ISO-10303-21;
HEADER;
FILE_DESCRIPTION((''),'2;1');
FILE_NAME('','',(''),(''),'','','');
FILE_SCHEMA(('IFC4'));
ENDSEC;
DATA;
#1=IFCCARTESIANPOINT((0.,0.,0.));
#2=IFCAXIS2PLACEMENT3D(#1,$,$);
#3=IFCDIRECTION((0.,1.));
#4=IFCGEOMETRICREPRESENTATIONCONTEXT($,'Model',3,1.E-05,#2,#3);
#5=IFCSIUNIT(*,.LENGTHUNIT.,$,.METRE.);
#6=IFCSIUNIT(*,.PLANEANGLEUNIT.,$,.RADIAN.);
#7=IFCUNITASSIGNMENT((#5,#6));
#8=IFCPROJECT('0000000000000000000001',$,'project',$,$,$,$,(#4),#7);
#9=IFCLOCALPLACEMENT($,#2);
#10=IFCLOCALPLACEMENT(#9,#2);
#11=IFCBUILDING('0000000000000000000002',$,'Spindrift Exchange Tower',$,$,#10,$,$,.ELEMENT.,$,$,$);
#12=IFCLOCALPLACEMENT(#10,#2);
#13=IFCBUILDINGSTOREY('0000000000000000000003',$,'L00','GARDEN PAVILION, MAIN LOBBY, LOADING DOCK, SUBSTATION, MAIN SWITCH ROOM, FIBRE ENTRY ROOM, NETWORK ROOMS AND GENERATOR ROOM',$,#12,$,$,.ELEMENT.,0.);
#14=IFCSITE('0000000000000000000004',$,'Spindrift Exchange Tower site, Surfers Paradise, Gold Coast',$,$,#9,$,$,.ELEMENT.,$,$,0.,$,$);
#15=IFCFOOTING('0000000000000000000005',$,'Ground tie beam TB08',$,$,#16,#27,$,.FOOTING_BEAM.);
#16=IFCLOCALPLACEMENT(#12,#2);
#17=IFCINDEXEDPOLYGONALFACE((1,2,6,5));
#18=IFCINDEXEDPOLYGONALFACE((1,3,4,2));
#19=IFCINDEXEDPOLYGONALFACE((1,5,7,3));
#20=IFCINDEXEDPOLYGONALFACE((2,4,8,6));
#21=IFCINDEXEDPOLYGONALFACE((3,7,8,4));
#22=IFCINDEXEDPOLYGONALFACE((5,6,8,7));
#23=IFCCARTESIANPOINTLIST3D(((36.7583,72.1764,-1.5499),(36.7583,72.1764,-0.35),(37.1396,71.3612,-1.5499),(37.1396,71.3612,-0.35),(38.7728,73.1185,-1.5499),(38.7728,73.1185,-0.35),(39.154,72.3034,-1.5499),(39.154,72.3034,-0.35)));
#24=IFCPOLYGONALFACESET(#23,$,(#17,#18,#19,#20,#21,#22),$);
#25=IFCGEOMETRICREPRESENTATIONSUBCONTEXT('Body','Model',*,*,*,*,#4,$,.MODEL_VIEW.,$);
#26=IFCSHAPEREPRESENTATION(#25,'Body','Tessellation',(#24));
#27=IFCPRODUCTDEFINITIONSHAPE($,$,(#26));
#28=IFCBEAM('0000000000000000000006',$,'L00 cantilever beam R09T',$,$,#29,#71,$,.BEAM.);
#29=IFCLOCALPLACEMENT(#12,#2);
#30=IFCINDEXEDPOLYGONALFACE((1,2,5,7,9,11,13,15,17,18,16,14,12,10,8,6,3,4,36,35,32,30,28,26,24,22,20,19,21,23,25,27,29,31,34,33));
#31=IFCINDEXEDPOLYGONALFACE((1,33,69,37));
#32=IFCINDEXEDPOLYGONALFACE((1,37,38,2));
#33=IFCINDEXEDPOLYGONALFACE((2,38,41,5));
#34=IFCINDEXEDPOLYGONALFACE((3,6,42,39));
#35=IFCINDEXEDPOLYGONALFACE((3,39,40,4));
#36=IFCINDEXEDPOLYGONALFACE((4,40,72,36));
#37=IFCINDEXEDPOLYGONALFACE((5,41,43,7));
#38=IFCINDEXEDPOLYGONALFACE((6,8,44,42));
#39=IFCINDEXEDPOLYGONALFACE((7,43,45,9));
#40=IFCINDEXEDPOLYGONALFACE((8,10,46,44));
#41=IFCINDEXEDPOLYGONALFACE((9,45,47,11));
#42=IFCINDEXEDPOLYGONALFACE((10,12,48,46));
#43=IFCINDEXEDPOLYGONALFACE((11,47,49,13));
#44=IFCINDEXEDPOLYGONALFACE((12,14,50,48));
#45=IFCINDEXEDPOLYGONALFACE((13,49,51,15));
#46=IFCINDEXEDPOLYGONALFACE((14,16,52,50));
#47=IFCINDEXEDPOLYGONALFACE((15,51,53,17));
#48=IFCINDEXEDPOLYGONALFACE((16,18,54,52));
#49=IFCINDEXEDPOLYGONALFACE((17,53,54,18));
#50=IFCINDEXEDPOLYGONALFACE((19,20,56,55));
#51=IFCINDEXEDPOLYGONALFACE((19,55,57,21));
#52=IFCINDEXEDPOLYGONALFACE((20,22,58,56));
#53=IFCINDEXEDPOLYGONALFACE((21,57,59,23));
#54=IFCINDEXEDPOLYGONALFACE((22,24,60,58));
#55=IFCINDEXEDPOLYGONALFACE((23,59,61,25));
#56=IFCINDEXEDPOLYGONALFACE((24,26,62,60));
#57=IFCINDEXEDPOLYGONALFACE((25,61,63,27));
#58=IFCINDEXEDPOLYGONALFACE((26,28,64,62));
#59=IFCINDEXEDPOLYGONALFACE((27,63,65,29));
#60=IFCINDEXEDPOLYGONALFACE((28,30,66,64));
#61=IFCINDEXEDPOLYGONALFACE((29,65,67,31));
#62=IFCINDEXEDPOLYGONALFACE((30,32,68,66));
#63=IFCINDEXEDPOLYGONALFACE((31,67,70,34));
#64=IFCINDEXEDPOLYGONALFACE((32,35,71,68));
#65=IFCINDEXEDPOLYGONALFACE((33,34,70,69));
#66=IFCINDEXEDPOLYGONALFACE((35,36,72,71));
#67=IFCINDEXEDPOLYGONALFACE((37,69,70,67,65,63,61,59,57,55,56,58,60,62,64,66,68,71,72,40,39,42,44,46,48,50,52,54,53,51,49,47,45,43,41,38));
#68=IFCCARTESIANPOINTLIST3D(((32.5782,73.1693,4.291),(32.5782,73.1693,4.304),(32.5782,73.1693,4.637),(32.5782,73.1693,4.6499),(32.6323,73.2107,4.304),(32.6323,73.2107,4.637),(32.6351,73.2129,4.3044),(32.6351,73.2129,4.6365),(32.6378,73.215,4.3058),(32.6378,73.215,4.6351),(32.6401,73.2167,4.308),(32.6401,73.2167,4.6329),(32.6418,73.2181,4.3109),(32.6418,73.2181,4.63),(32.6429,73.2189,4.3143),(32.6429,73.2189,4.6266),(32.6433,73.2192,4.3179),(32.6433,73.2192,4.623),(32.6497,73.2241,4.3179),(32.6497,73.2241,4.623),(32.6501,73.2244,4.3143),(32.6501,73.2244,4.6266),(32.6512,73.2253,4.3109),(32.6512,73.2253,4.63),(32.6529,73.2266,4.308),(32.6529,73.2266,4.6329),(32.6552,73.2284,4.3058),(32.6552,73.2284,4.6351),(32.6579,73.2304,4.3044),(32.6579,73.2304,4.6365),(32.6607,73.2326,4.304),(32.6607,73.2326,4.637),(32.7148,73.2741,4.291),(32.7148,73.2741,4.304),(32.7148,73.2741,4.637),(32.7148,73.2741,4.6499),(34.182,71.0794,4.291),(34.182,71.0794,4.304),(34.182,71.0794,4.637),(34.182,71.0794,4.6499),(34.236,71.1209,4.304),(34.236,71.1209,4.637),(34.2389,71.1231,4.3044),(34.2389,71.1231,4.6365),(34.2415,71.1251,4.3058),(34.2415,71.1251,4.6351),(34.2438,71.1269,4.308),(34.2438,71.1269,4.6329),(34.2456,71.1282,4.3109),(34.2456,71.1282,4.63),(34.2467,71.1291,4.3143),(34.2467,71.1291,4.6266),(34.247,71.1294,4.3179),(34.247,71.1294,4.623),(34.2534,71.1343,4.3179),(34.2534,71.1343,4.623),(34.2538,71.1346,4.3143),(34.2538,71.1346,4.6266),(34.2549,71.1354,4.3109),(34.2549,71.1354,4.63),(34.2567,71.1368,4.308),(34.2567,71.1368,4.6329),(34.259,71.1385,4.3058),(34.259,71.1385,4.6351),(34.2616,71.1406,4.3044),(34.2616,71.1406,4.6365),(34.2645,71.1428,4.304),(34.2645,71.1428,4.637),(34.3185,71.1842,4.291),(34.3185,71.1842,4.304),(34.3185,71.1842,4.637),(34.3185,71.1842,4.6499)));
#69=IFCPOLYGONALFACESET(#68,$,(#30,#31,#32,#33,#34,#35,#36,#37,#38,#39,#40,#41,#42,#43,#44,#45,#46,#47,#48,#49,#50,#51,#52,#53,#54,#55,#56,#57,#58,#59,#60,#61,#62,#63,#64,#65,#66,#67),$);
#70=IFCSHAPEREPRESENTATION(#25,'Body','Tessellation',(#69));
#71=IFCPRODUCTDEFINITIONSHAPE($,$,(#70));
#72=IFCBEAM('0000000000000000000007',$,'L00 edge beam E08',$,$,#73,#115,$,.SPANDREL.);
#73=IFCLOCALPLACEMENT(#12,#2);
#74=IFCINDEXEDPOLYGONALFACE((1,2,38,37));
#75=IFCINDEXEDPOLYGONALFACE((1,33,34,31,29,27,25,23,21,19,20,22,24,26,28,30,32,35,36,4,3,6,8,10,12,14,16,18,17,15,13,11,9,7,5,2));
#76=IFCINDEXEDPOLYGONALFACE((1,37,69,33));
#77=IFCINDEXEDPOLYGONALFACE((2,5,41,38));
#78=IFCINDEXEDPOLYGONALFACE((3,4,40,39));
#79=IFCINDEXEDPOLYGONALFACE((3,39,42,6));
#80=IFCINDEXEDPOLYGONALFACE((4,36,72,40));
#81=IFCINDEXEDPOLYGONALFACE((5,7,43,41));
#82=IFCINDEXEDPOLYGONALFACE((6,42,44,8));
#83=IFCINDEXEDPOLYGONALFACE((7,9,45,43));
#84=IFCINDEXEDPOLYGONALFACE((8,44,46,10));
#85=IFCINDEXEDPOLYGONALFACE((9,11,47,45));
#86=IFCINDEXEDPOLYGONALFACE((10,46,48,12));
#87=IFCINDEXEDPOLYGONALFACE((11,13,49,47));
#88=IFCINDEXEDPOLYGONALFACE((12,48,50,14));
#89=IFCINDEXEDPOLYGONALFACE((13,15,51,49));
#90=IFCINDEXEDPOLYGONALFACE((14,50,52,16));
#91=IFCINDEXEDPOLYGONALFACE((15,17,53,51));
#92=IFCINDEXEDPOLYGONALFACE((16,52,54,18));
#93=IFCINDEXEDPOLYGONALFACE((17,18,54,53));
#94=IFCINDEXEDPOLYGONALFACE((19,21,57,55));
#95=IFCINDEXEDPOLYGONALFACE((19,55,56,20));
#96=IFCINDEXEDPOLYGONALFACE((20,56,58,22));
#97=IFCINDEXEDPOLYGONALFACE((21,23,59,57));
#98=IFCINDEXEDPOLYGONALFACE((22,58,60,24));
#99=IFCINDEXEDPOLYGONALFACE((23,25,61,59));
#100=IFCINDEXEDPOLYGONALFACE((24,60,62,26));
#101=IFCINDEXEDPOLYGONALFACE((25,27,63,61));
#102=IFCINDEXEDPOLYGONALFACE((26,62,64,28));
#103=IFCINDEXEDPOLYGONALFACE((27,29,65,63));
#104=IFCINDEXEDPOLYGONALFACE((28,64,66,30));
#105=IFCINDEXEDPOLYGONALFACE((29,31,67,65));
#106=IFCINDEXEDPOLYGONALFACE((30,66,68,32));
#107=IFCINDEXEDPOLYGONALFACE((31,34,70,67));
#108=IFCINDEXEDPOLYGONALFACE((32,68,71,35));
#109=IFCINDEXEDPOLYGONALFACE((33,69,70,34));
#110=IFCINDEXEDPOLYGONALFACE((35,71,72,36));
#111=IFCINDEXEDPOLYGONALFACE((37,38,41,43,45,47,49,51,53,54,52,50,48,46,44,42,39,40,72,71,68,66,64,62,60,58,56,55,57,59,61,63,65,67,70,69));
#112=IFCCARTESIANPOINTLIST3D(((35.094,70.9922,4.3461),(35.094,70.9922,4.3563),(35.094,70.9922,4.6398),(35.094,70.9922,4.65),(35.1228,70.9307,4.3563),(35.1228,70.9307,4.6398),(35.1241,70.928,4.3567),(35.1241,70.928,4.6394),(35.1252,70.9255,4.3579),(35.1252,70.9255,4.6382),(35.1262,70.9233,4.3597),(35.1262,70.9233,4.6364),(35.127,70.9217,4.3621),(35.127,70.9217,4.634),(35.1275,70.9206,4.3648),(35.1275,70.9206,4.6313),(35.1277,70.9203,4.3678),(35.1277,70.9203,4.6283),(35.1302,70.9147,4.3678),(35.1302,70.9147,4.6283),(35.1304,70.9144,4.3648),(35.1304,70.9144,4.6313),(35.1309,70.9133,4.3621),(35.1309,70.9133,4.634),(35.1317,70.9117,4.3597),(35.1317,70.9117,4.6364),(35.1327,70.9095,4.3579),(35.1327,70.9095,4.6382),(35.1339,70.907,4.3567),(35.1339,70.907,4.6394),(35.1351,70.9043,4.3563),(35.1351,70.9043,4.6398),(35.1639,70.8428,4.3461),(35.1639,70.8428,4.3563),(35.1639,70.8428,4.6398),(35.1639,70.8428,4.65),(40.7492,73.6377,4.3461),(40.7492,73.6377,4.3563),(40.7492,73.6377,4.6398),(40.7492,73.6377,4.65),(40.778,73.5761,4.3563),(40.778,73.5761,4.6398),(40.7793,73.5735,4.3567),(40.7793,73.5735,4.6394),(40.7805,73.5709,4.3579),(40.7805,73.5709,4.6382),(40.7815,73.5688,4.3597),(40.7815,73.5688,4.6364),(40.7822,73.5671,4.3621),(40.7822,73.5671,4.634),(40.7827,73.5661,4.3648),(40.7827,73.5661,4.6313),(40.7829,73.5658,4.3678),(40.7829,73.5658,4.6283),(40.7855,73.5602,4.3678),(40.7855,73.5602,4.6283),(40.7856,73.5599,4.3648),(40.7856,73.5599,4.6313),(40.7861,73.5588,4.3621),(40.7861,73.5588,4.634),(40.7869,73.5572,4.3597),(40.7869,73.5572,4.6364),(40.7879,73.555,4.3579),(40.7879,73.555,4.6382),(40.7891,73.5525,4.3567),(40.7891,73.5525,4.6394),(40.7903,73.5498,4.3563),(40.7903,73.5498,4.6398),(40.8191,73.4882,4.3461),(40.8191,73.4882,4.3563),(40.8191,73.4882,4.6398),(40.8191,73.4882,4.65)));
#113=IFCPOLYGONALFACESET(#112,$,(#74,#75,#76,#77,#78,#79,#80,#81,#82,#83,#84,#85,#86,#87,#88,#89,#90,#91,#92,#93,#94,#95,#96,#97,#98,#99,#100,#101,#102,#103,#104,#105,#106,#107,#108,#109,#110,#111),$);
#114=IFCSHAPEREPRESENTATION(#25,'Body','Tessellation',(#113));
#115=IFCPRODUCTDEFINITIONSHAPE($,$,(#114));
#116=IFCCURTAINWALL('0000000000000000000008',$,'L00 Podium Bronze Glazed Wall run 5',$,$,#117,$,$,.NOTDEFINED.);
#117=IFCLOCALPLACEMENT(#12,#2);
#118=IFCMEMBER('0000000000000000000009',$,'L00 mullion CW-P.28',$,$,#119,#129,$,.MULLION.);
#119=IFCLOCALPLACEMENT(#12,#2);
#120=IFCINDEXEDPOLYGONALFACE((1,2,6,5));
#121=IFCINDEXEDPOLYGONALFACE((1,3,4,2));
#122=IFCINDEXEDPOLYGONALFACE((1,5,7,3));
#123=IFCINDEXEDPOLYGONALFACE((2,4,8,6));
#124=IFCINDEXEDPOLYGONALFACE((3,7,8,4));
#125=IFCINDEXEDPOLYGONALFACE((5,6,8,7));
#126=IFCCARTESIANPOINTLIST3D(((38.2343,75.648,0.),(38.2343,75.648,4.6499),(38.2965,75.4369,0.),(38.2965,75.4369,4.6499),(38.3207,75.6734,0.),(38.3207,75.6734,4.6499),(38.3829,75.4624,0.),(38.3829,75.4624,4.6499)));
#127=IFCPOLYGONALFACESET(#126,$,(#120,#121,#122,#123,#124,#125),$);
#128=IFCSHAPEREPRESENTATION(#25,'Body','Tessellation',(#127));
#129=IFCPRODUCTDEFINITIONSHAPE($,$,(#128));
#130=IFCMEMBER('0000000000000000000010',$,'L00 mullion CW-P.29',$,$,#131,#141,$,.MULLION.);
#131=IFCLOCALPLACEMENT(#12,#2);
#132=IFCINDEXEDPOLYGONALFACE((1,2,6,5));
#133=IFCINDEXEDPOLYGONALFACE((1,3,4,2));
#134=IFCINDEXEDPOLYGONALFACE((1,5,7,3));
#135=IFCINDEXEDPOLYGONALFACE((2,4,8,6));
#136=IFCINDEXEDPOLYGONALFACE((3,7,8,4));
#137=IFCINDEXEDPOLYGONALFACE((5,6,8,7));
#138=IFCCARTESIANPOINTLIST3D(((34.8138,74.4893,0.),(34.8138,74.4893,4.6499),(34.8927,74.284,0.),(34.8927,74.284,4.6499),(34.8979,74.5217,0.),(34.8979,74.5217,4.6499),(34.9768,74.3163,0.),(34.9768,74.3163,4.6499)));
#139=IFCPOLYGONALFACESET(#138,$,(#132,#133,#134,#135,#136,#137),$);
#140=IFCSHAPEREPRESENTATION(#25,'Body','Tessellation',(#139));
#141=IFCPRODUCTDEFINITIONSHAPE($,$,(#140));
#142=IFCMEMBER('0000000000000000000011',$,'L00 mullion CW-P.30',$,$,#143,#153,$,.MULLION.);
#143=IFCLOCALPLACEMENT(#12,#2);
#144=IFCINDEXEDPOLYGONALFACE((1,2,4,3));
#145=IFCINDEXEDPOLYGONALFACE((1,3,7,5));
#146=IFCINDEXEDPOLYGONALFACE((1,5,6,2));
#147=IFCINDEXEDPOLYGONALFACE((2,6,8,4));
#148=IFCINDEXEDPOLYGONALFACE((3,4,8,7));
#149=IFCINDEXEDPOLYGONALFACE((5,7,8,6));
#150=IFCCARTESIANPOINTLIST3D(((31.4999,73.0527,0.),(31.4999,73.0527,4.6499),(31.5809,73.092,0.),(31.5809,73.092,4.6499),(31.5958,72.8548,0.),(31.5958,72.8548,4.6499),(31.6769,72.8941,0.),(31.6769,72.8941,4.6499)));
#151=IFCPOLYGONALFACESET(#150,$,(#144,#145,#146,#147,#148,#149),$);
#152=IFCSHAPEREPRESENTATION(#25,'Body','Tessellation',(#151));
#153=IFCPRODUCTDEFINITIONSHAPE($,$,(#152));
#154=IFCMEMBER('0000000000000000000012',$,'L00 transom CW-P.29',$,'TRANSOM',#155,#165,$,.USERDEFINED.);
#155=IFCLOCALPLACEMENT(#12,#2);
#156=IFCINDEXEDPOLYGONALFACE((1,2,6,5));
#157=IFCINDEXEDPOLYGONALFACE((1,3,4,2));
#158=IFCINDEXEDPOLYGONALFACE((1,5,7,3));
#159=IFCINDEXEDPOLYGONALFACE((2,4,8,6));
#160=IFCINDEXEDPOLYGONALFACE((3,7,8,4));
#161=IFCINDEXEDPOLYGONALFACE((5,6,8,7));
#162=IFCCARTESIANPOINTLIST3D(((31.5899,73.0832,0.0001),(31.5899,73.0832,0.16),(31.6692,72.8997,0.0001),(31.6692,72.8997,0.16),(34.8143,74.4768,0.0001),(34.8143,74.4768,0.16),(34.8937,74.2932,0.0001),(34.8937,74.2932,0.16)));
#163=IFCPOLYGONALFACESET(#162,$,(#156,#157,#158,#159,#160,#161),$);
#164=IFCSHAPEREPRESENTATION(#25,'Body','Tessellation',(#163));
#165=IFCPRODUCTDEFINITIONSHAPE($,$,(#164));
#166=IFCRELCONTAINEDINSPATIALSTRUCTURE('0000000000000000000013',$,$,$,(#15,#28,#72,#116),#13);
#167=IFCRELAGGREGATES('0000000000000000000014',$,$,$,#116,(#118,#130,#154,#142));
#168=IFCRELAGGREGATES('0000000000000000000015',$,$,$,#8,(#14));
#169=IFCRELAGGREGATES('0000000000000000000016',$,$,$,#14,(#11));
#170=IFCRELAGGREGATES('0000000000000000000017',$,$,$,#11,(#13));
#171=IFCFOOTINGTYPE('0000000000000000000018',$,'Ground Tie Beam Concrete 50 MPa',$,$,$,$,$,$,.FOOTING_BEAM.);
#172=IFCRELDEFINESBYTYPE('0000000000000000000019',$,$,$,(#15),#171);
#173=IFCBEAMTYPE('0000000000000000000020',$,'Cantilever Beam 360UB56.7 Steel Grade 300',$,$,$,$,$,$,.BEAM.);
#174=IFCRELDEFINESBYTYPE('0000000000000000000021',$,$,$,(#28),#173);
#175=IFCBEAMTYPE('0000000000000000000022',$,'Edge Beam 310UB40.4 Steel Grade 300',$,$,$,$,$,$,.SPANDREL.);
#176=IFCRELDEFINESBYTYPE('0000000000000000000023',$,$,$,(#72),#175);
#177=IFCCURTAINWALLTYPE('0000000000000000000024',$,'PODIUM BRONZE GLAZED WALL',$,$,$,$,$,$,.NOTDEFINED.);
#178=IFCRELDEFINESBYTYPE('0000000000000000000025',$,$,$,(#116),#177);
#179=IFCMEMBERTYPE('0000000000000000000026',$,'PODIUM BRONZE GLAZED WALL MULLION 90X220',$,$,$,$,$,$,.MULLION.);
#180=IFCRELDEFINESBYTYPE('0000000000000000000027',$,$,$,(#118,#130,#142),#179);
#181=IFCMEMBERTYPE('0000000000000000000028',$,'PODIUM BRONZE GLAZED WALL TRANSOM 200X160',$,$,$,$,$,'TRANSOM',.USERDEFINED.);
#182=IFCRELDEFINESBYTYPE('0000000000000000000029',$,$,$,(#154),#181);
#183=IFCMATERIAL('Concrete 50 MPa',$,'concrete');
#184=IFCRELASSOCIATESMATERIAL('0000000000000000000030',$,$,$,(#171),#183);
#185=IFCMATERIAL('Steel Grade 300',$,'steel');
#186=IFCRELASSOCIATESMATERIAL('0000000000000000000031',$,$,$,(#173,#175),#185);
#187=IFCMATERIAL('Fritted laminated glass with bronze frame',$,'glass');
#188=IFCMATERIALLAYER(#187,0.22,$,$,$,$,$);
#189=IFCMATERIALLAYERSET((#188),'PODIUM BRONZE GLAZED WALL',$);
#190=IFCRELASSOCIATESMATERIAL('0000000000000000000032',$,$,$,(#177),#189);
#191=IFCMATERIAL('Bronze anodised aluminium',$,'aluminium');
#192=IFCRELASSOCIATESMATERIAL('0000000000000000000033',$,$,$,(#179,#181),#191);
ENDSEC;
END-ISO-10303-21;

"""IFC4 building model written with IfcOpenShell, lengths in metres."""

from ifc_helpers import new_model, si_unit, direction, frame, origin, origin_2d, place, context, subcontext, project, spatial, rectangle, i_section, extrude, source, transform, mapped, material, layer, layer_set, material_profile, profile_set, type_object, element, aggregate, save


model = new_model("IFC4")

# Units and contexts
model_context = context("Model", 3, precision=1e-05, world=origin(), true_north=direction((0.0, 1.0)))
body_context = subcontext(model_context, "Body", "Model", "MODEL_VIEW")
ifc_project = project(units=[si_unit("LENGTHUNIT", "METRE"), si_unit("PLANEANGLEUNIT", "RADIAN")], contexts=[model_context])

# Site, building, storey
site_placement = place(None, origin())
site = spatial("IfcSite", under=ifc_project, at=site_placement, Name="Spindrift Exchange Tower site, Surfers Paradise, Gold Coast", CompositionType="ELEMENT", RefElevation=0.0)
building_placement = place(site_placement, origin())
building = spatial("IfcBuilding", under=site, at=building_placement, Name="Spindrift Exchange Tower", CompositionType="ELEMENT")
storey_placement = place(building_placement, origin())
storey = spatial("IfcBuildingStorey", under=building, at=storey_placement, Name="L00", Description="GARDEN PAVILION, MAIN LOBBY, LOADING DOCK, SUBSTATION, MAIN SWITCH ROOM, FIBRE ENTRY ROOM, NETWORK ROOMS AND GENERATOR ROOM", CompositionType="ELEMENT", Elevation=0.0)

# Footing
ifc_material_1 = material(Name="Concrete 50 MPa", Category="concrete")
ifc_material_profile_1 = material_profile(ifc_material_1, rectangle(XDim=0.8999, YDim=1.2, at=origin_2d()), Name="RC 900x1200")
ifc_profile_set_1 = profile_set([ifc_material_profile_1], Name="Concrete 50 MPa")
footing_type = type_object("IfcFootingType", Name="Ground Tie Beam Concrete 50 MPa", PredefinedType="FOOTING_BEAM", material=ifc_profile_set_1)
shared_shape_1 = source(origin(), body_context, "Body", "SweptSolid", [
    extrude(rectangle(XDim=0.8999, YDim=1.2, at=origin_2d()), origin(), (0.0, 0.0, 1.0), 2.2239),
])
footing_placement = place(storey_placement, frame((38.9634, 72.7109, -0.95), z_axis=(-0.905824, -0.423655, 0.0), x_axis=(0.423655, -0.905824, 0.0)))
element("IfcFooting", 1, at=footing_placement, inside=storey, type_object=footing_type, Name="Ground tie beam TB08", PredefinedType="FOOTING_BEAM", context=body_context, shape_type="MappedRepresentation", body=[
    mapped(shared_shape_1, transform((0.0, 0.0, 0.0), scale=1.0)),
])

# Beams
ifc_material_2 = material(Name="Steel Grade 300", Category="steel")
ifc_material_profile_2 = material_profile(ifc_material_2, i_section(OverallWidth=0.1721, OverallDepth=0.3589, WebThickness=0.0081, FlangeThickness=0.0129, FilletRadius=0.0139, at=origin_2d()), Name="360UB56.7")
ifc_profile_set_2 = profile_set([ifc_material_profile_2], Name="Steel Grade 300")
beam_type_1 = type_object("IfcBeamType", Name="Cantilever Beam 360UB56.7 Steel Grade 300", PredefinedType="BEAM", material=ifc_profile_set_2)
shared_shape_2 = source(origin(), body_context, "Body", "SweptSolid", [
    extrude(i_section(OverallWidth=0.1721, OverallDepth=0.3589, WebThickness=0.0081, FlangeThickness=0.0129, FilletRadius=0.0139, at=origin_2d()), origin(), (0.0, 0.0, 1.0), 2.6343),
])
beam_1_placement = place(storey_placement, frame((34.2502, 71.1318, 4.4705), z_axis=(-0.608801, 0.793323, 0.0), x_axis=(-0.793323, -0.608801, 0.0)))
element("IfcBeam", 2, at=beam_1_placement, inside=storey, type_object=beam_type_1, Name="L00 cantilever beam R09T", PredefinedType="BEAM", context=body_context, shape_type="MappedRepresentation", body=[
    mapped(shared_shape_2, transform((0.0, 0.0, 0.0), scale=1.0)),
])
ifc_material_profile_3 = material_profile(ifc_material_2, i_section(OverallWidth=0.165, OverallDepth=0.304, WebThickness=0.0061, FlangeThickness=0.0103, FilletRadius=0.0115, at=origin_2d()), Name="310UB40.4")
ifc_profile_set_3 = profile_set([ifc_material_profile_3], Name="Steel Grade 300")
beam_type_2 = type_object("IfcBeamType", Name="Edge Beam 310UB40.4 Steel Grade 300", PredefinedType="SPANDREL", material=ifc_profile_set_3)
shared_shape_3 = source(origin(), body_context, "Body", "SweptSolid", [
    extrude(i_section(OverallWidth=0.165, OverallDepth=0.304, WebThickness=0.0061, FlangeThickness=0.0103, FilletRadius=0.0115, at=origin_2d()), origin(), (0.0, 0.0, 1.0), 6.2434),
])
beam_2_placement = place(storey_placement, frame((40.7842, 73.563, 4.498), z_axis=(-0.905791, -0.423724, 0.0), x_axis=(0.423724, -0.905791, 0.0)))
element("IfcBeam", 3, at=beam_2_placement, inside=storey, type_object=beam_type_2, Name="L00 edge beam E08", PredefinedType="SPANDREL", context=body_context, shape_type="MappedRepresentation", body=[
    mapped(shared_shape_3, transform((0.0, 0.0, 0.0), scale=1.0)),
])

# Curtain wall, members
ifc_material_3 = material(Name="Fritted laminated glass with bronze frame", Category="glass")
ifc_layer_1 = layer(ifc_material_3, 0.22)
ifc_layer_set_1 = layer_set([ifc_layer_1], Name="PODIUM BRONZE GLAZED WALL")
curtain_wall_type = type_object("IfcCurtainWallType", Name="PODIUM BRONZE GLAZED WALL", PredefinedType="NOTDEFINED", material=ifc_layer_set_1)
curtain_wall_placement = place(storey_placement, origin())
curtain_wall = element("IfcCurtainWall", 4, at=curtain_wall_placement, inside=storey, type_object=curtain_wall_type, Name="L00 Podium Bronze Glazed Wall run 5", PredefinedType="NOTDEFINED")
ifc_material_4 = material(Name="Bronze anodised aluminium", Category="aluminium")
ifc_material_profile_4 = material_profile(ifc_material_4, rectangle(XDim=0.0901, YDim=0.22, at=origin_2d()), Name="PODIUM BRONZE GLAZED WALL MULLION 90X220")
ifc_profile_set_4 = profile_set([ifc_material_profile_4], Name="Bronze anodised aluminium")
member_type_1 = type_object("IfcMemberType", Name="PODIUM BRONZE GLAZED WALL MULLION 90X220", PredefinedType="MULLION", material=ifc_profile_set_4)
shared_shape_4 = source(origin(), body_context, "Body", "SweptSolid", [
    extrude(rectangle(XDim=0.0901, YDim=0.22, at=origin_2d()), origin(), (0.0, 0.0, 1.0), 4.6499),
])
member_1_placement = place(storey_placement, frame((38.3086, 75.5552, 0.0), z_axis=(0.0, 0.0, 1.0), x_axis=(-0.959252, -0.282551, 0.0)))
member_1 = element("IfcMember", 5, at=member_1_placement, type_object=member_type_1, Name="L00 mullion CW-P.28", PredefinedType="MULLION", context=body_context, shape_type="MappedRepresentation", body=[
    mapped(shared_shape_4, transform((0.0, 0.0, 0.0), scale=1.0)),
])
member_2_placement = place(storey_placement, frame((34.8953, 74.4028, 0.0), z_axis=(0.0, 0.0, 1.0), x_axis=(-0.933489, -0.358605, 0.0)))
member_2 = element("IfcMember", 6, at=member_2_placement, type_object=member_type_1, Name="L00 mullion CW-P.29", PredefinedType="MULLION", context=body_context, shape_type="MappedRepresentation", body=[
    mapped(shared_shape_4, transform((0.0, 0.0, 0.0), scale=1.0)),
])
member_3_placement = place(storey_placement, frame((31.5884, 72.9734, 0.0), z_axis=(0.0, 0.0, 1.0), x_axis=(-0.899806, -0.43629, 0.0)))
member_3 = element("IfcMember", 7, at=member_3_placement, type_object=member_type_1, Name="L00 mullion CW-P.30", PredefinedType="MULLION", context=body_context, shape_type="MappedRepresentation", body=[
    mapped(shared_shape_4, transform((0.0, 0.0, 0.0), scale=1.0)),
])
ifc_material_profile_5 = material_profile(ifc_material_4, rectangle(XDim=0.2, YDim=0.1599, at=origin_2d()), Name="PODIUM BRONZE GLAZED WALL TRANSOM 200X160")
ifc_profile_set_5 = profile_set([ifc_material_profile_5], Name="Bronze anodised aluminium")
member_type_2 = type_object("IfcMemberType", Name="PODIUM BRONZE GLAZED WALL TRANSOM 200X160", ElementType="TRANSOM", PredefinedType="USERDEFINED", material=ifc_profile_set_5)
shared_shape_5 = source(origin(), body_context, "Body", "SweptSolid", [
    extrude(rectangle(XDim=0.2, YDim=0.1599, at=origin_2d()), origin(), (0.0, 0.0, 1.0), 3.5127),
])
member_4_placement = place(storey_placement, frame((34.854, 74.385, 0.0801), z_axis=(-0.917936, -0.396728, 0.0), x_axis=(0.396728, -0.917936, 0.0)))
member_4 = element("IfcMember", 8, at=member_4_placement, type_object=member_type_2, Name="L00 transom CW-P.29", ObjectType="TRANSOM", PredefinedType="USERDEFINED", context=body_context, shape_type="MappedRepresentation", body=[
    mapped(shared_shape_5, transform((0.0, 0.0, 0.0), scale=1.0)),
])
aggregate(curtain_wall, [member_1, member_2, member_4, member_3])

save(model, "model.ifc")
